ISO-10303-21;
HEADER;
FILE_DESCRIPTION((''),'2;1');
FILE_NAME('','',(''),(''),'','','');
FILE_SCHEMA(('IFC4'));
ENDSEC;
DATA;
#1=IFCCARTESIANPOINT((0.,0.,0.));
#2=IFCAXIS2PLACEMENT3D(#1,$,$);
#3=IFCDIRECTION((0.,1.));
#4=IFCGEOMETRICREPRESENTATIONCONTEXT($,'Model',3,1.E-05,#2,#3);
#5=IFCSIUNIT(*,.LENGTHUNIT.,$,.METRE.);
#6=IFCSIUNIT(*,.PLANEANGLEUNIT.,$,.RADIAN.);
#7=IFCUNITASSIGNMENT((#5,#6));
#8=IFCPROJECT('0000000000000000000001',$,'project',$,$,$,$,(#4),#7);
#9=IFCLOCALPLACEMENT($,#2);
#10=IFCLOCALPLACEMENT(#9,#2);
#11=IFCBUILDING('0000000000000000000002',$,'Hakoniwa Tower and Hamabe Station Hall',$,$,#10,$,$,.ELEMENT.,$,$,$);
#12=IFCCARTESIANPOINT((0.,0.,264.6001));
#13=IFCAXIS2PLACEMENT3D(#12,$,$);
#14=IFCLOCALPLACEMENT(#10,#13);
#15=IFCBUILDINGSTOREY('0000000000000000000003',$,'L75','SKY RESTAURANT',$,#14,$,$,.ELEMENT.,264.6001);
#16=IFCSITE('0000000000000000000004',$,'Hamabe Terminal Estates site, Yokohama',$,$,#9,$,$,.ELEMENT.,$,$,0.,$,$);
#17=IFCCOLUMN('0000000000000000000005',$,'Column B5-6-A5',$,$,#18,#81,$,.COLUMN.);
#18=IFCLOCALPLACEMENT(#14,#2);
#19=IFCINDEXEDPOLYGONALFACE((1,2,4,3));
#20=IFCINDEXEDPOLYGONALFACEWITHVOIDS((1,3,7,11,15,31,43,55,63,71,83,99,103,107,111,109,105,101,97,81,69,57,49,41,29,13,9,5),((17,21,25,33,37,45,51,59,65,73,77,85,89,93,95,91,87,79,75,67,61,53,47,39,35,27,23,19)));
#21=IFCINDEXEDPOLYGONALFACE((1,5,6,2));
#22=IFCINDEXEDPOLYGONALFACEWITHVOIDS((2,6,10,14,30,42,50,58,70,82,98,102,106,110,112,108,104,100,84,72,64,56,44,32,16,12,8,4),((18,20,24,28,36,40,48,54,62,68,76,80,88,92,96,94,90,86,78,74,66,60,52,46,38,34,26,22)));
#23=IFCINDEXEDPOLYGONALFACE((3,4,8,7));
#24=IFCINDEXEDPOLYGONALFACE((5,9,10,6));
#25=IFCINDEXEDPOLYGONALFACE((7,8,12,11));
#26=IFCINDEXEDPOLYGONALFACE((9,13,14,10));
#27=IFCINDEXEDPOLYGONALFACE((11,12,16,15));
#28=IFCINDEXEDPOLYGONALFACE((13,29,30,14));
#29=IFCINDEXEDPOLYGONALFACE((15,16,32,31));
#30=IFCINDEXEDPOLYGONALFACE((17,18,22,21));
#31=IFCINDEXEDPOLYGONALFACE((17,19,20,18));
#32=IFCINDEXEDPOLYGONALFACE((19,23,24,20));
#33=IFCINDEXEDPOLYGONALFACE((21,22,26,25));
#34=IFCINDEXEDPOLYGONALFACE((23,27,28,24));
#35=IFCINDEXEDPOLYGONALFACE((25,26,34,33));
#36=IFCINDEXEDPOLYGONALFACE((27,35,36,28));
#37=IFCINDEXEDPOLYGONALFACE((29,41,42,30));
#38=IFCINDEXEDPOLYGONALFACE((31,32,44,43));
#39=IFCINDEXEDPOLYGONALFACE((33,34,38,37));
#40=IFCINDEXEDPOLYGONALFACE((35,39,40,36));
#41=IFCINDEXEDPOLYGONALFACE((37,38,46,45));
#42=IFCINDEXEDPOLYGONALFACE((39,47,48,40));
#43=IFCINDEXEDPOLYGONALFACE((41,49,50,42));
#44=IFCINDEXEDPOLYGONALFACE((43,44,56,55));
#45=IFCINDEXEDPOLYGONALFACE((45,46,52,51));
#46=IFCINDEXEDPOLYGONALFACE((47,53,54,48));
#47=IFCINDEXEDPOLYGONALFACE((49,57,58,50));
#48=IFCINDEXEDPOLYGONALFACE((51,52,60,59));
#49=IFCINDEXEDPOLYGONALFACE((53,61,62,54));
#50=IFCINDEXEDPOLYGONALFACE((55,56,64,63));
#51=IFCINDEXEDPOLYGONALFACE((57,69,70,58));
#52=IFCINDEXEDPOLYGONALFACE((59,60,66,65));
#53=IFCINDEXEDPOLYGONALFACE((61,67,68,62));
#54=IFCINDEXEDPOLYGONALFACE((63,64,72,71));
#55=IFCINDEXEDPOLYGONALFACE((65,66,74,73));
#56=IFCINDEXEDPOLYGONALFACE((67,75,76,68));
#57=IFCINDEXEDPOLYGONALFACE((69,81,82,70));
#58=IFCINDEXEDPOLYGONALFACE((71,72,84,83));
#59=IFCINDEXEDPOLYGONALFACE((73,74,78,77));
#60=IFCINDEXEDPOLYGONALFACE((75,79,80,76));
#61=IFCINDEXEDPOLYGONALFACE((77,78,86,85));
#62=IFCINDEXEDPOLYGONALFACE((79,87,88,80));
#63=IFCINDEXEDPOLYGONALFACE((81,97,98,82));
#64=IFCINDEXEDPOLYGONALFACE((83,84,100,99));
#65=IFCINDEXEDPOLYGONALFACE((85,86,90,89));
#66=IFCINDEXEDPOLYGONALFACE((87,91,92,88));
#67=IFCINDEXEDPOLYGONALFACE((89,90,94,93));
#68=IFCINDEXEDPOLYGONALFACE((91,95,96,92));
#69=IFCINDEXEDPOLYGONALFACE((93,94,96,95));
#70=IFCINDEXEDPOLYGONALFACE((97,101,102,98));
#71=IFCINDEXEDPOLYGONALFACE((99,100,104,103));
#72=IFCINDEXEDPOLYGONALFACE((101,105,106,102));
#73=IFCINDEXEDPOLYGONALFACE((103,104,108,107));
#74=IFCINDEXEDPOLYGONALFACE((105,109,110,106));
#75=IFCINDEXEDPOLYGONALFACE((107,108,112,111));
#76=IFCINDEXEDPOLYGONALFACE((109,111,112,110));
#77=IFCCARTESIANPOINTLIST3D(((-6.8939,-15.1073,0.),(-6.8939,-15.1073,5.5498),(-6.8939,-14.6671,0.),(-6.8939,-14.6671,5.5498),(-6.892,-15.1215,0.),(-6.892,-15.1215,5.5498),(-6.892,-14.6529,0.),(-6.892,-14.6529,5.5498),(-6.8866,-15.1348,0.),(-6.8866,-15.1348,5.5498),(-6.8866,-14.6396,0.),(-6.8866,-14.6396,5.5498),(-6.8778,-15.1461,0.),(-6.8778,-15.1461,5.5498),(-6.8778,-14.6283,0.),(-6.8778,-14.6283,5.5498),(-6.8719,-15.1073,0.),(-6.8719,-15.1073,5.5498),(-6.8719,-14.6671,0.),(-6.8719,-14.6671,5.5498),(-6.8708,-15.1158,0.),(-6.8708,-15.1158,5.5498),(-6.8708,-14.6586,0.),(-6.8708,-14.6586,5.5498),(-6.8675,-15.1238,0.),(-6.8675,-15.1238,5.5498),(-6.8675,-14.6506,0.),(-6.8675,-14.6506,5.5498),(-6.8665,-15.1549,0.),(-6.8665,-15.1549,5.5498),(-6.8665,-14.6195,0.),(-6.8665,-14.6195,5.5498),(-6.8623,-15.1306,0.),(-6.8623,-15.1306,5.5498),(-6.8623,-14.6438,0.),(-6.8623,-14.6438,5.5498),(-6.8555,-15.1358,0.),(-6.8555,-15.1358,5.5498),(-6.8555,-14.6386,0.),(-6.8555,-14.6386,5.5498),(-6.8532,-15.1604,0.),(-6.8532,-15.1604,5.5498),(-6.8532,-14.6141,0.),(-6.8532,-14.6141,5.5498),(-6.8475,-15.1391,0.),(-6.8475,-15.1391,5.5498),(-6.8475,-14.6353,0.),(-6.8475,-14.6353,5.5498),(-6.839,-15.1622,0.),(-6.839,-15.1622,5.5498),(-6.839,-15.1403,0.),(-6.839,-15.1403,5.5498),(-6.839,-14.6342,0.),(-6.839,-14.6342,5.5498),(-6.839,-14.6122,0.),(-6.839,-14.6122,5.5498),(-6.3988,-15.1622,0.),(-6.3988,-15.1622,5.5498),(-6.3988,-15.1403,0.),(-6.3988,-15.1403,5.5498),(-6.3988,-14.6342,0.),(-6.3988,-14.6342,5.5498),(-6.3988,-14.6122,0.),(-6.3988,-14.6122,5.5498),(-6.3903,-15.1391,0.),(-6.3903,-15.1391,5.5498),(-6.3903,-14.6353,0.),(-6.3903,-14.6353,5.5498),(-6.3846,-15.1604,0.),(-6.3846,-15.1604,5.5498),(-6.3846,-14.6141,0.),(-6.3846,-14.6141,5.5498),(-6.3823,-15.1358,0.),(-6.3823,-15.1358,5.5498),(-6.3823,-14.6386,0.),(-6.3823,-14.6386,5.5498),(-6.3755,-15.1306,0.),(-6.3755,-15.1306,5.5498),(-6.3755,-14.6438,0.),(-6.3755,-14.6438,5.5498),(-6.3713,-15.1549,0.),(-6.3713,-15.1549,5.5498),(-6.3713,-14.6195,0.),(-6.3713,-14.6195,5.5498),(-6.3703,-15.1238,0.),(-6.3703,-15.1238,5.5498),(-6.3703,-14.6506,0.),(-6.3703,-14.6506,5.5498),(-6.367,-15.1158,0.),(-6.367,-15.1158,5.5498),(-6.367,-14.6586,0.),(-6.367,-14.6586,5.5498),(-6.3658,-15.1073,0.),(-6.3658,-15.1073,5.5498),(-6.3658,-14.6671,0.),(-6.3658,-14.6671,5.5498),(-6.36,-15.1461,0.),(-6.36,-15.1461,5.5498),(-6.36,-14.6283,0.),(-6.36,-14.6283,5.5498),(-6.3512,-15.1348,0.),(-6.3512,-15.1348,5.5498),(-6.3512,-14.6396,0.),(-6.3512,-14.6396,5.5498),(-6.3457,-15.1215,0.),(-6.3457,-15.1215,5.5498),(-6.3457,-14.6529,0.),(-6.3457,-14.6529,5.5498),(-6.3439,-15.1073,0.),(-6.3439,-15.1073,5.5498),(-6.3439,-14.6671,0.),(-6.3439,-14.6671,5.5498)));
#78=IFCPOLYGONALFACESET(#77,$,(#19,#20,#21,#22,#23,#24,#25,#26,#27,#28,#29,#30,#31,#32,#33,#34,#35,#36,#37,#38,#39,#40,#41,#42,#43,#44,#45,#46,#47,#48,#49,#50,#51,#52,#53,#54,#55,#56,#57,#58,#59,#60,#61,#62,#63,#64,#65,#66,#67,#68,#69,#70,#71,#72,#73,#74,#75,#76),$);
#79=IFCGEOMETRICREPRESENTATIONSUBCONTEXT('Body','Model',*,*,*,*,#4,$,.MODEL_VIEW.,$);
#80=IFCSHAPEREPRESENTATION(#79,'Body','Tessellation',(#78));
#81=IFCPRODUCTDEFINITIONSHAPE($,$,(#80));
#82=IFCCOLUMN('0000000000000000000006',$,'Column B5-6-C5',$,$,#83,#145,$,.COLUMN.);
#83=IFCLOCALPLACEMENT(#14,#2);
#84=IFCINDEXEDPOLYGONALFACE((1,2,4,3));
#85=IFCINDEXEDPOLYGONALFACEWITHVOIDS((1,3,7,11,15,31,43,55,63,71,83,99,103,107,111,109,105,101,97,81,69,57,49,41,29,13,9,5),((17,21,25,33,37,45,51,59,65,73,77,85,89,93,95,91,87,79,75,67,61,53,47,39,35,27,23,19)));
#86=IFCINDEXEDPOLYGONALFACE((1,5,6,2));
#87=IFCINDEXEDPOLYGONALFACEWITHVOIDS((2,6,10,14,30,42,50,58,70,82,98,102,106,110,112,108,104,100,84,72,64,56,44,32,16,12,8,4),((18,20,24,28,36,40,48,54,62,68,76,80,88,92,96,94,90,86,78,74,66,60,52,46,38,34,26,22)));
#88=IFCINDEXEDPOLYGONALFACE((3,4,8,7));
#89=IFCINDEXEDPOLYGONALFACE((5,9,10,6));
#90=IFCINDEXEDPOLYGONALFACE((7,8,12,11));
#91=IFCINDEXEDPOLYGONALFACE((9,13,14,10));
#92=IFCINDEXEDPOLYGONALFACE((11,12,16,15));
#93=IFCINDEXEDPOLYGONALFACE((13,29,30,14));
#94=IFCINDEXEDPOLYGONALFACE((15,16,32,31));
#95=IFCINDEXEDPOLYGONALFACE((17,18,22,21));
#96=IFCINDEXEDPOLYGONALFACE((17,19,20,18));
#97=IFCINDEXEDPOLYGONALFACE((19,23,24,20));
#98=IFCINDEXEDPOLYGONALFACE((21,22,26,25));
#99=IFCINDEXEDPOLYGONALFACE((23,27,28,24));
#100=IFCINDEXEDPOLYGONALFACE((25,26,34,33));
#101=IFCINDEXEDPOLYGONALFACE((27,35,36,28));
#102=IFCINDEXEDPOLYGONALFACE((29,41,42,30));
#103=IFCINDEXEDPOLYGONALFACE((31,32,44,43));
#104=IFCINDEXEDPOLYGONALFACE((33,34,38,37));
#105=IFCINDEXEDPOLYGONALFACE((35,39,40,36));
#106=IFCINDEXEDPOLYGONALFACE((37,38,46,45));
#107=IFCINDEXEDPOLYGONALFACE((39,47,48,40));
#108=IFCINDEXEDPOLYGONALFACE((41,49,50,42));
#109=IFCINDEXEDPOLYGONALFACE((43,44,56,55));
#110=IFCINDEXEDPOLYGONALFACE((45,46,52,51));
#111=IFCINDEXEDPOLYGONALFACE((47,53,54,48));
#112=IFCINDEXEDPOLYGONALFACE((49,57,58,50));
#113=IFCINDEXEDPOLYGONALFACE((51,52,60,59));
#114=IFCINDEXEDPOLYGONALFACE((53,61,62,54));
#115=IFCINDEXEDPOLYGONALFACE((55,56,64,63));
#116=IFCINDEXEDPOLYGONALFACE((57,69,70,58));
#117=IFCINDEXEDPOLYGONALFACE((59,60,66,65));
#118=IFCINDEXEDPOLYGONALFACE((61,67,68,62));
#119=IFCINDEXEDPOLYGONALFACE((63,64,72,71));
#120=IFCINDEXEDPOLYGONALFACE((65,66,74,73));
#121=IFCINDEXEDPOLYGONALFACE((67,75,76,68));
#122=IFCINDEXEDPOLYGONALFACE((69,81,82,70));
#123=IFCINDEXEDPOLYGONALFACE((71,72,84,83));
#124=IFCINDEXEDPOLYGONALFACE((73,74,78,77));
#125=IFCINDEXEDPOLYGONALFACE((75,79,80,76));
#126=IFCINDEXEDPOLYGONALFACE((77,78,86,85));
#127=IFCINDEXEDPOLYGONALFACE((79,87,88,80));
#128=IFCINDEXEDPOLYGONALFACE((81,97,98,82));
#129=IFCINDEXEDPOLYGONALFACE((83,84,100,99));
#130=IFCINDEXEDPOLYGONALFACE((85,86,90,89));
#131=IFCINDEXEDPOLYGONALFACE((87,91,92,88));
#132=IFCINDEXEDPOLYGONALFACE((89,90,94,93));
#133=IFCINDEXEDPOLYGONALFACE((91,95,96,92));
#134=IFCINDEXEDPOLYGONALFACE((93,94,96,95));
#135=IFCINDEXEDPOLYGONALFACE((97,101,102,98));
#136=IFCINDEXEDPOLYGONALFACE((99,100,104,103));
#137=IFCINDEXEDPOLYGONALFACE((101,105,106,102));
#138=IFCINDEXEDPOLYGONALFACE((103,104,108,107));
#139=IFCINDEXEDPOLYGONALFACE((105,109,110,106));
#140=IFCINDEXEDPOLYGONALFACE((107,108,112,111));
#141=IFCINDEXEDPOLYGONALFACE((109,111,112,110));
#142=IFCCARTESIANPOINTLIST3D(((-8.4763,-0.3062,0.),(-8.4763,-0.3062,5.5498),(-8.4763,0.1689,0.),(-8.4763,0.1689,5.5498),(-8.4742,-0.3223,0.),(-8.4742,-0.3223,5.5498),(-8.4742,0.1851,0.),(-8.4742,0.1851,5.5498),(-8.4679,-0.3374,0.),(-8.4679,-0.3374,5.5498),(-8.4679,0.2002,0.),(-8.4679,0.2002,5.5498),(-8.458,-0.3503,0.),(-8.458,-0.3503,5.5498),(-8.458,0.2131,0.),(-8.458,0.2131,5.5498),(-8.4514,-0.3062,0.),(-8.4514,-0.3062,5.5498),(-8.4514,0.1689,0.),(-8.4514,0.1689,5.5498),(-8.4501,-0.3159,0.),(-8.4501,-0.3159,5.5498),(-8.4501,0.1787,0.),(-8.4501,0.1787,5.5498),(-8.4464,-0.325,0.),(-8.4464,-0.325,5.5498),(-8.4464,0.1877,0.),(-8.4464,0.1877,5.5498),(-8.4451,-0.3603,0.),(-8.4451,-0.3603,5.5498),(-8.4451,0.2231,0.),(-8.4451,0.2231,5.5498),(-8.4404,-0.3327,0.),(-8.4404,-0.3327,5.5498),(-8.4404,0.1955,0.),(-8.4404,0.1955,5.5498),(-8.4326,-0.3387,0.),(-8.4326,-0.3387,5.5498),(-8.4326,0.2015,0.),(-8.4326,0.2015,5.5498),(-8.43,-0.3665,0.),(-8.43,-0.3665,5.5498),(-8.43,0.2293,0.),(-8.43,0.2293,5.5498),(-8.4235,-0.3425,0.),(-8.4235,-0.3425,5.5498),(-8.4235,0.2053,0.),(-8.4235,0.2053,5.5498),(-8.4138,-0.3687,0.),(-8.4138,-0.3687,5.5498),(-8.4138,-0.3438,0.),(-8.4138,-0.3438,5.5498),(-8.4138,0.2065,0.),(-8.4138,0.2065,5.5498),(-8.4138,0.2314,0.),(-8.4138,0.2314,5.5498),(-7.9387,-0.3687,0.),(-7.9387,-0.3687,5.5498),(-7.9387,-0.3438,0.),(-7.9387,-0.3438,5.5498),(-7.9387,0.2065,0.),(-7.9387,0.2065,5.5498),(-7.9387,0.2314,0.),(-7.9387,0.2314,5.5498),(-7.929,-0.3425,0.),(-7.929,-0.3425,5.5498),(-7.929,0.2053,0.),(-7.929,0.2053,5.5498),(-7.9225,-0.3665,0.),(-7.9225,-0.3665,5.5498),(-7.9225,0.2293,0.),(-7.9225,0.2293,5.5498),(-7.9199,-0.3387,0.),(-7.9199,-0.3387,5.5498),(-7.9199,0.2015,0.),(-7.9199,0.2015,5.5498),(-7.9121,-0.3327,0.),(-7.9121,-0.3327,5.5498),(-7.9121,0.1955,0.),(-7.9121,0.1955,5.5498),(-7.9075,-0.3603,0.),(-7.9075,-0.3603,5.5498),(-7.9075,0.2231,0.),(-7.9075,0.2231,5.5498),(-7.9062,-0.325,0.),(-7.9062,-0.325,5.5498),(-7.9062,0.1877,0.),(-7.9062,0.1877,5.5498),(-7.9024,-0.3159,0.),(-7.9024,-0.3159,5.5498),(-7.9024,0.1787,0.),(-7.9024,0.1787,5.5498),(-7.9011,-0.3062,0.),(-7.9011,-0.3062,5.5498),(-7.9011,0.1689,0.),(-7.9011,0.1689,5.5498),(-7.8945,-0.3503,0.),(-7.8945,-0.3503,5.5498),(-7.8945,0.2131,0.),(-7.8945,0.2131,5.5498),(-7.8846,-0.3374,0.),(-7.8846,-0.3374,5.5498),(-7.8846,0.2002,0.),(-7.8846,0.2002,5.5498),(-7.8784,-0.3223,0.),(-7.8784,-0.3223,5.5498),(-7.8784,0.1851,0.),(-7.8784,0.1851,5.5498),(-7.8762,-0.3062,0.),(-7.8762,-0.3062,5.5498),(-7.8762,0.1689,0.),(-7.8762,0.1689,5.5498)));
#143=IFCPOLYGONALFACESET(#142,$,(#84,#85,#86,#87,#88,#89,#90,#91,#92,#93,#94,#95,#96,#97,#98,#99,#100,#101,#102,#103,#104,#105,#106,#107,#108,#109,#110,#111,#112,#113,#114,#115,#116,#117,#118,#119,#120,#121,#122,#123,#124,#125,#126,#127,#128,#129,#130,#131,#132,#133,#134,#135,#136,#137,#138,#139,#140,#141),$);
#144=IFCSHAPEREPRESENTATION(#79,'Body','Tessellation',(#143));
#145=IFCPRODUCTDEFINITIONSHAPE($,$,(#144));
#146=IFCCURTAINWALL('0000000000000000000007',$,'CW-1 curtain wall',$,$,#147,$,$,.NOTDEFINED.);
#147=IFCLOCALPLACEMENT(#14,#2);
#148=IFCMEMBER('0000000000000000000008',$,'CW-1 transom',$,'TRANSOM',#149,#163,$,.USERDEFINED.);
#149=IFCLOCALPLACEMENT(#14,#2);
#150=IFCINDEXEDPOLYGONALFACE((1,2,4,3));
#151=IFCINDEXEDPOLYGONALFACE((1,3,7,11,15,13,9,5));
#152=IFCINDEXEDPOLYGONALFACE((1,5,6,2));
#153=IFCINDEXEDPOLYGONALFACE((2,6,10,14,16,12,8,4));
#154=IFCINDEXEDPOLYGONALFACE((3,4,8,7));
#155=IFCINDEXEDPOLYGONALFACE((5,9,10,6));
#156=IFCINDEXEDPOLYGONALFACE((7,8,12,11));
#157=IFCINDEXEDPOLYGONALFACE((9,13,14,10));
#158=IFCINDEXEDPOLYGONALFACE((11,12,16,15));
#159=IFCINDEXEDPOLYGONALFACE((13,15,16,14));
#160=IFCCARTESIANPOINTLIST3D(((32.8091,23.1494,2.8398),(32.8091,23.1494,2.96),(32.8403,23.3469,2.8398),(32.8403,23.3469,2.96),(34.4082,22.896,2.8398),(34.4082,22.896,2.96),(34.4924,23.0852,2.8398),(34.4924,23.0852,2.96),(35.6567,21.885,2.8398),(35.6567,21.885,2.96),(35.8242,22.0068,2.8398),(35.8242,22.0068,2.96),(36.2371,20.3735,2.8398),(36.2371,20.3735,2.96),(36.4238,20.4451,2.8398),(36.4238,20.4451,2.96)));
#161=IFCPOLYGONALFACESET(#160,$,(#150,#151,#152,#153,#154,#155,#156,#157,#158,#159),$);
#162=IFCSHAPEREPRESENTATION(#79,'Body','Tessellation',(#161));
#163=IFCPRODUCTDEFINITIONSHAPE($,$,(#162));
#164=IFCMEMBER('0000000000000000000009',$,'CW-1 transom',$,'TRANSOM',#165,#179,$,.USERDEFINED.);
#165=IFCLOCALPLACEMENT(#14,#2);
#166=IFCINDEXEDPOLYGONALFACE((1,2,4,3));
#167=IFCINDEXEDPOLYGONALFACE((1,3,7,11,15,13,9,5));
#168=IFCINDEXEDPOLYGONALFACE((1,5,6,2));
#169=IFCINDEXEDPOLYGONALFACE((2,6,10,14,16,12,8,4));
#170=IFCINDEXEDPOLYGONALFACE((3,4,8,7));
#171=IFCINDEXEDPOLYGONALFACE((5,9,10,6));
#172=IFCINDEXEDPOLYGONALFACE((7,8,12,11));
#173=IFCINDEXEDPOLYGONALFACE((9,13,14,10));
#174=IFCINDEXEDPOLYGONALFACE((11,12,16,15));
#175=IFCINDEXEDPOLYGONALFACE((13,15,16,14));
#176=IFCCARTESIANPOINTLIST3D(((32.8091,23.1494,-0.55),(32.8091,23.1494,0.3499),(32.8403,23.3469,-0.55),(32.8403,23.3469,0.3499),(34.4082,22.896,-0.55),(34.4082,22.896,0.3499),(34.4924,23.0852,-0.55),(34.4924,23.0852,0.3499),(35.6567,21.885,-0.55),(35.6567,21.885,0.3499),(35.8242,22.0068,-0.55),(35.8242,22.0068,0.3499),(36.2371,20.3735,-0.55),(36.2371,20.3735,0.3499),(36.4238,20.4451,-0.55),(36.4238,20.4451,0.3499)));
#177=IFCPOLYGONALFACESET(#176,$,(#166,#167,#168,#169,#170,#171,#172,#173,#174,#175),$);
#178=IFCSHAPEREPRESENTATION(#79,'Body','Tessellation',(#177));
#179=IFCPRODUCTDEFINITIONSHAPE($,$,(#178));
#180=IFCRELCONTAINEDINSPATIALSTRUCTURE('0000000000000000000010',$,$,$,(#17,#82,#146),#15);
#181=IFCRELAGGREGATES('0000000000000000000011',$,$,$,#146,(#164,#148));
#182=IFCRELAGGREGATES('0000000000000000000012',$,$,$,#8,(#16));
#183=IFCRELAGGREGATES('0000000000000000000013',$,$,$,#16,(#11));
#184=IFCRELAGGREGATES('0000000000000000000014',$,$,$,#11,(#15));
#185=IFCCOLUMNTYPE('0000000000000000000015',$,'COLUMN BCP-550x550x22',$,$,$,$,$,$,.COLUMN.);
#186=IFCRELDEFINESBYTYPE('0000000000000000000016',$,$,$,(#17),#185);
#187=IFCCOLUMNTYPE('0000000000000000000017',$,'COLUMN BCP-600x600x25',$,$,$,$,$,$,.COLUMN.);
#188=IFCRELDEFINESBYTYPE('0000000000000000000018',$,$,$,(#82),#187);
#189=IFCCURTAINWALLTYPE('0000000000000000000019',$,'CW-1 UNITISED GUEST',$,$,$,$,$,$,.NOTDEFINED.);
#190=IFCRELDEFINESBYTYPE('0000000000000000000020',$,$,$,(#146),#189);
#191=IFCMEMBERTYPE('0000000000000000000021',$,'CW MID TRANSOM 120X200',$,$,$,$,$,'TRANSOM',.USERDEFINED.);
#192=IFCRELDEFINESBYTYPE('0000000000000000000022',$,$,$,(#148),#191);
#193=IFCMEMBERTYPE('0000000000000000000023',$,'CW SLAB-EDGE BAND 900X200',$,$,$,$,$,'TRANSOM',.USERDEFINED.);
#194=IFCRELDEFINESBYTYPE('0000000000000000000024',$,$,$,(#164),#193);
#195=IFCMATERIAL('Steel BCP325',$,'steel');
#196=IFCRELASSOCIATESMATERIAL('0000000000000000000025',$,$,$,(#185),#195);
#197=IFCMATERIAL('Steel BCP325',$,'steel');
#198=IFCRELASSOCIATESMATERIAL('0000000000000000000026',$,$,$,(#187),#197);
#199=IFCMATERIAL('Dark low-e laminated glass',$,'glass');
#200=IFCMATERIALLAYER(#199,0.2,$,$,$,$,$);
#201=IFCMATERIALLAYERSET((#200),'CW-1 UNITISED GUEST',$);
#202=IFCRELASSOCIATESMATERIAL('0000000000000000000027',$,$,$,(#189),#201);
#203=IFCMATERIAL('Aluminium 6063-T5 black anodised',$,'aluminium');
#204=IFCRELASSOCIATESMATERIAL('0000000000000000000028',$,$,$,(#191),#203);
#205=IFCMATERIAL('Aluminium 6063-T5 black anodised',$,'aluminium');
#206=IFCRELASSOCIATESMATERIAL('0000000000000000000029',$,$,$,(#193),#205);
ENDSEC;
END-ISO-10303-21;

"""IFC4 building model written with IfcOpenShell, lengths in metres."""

from ifc_helpers import new_model, si_unit, direction, frame, origin, origin_2d, place, context, subcontext, project, spatial, polyline, rectangle, hollow_rectangle, outline, extrude, material, layer, layer_set, material_profile, profile_set, type_object, element, aggregate, save


model = new_model("IFC4")

# Units and contexts
model_context = context("Model", 3, precision=1e-05, world=origin(), true_north=direction((0.0, 1.0)))
body_context = subcontext(model_context, "Body", "Model", "MODEL_VIEW")
ifc_project = project(units=[si_unit("LENGTHUNIT", "METRE"), si_unit("PLANEANGLEUNIT", "RADIAN")], contexts=[model_context])

# Site, building, storey
site_placement = place(None, origin())
site = spatial("IfcSite", under=ifc_project, at=site_placement, Name="Hamabe Terminal Estates site, Yokohama", CompositionType="ELEMENT", RefElevation=0.0)
building_placement = place(site_placement, origin())
building = spatial("IfcBuilding", under=site, at=building_placement, Name="Hakoniwa Tower and Hamabe Station Hall", CompositionType="ELEMENT")
storey_placement = place(building_placement, frame((0.0, 0.0, 264.6001)))
storey = spatial("IfcBuildingStorey", under=building, at=storey_placement, Name="L75", Description="SKY RESTAURANT", CompositionType="ELEMENT", Elevation=264.6001)

# Columns
ifc_material_1 = material(Name="Steel BCP325", Category="steel")
ifc_material_profile_1 = material_profile(ifc_material_1, hollow_rectangle(XDim=0.55, YDim=0.55, WallThickness=0.022, InnerFilletRadius=0.033, OuterFilletRadius=0.0549, at=origin_2d()), Name="BCP-550x550x22")
ifc_profile_set_1 = profile_set([ifc_material_profile_1], Name="Steel BCP325")
column_type_1 = type_object("IfcColumnType", Name="COLUMN BCP-550x550x22", PredefinedType="COLUMN", material=ifc_profile_set_1)
column_1_placement = place(storey_placement, frame((-6.6189, -14.8872, 0.0), z_axis=(0.0, 0.0, 1.0), x_axis=(1.0, 0.0, 0.0)))
element("IfcColumn", 1, at=column_1_placement, inside=storey, type_object=column_type_1, Name="Column B5-6-A5", PredefinedType="COLUMN", context=body_context, shape_type="SweptSolid", body=[
    extrude(hollow_rectangle(XDim=0.55, YDim=0.55, WallThickness=0.022, InnerFilletRadius=0.033, OuterFilletRadius=0.0549, at=origin_2d()), origin(), (0.0, 0.0, 1.0), 5.5498),
])
ifc_material_2 = material(Name="Steel BCP325", Category="steel")
ifc_material_profile_2 = material_profile(ifc_material_2, hollow_rectangle(XDim=0.6001, YDim=0.6001, WallThickness=0.0249, InnerFilletRadius=0.0376, OuterFilletRadius=0.0625, at=origin_2d()), Name="BCP-600x600x25")
ifc_profile_set_2 = profile_set([ifc_material_profile_2], Name="Steel BCP325")
column_type_2 = type_object("IfcColumnType", Name="COLUMN BCP-600x600x25", PredefinedType="COLUMN", material=ifc_profile_set_2)
column_2_placement = place(storey_placement, frame((-8.1763, -0.0686, 0.0), z_axis=(0.0, 0.0, 1.0), x_axis=(1.0, 0.0, 0.0)))
element("IfcColumn", 2, at=column_2_placement, inside=storey, type_object=column_type_2, Name="Column B5-6-C5", PredefinedType="COLUMN", context=body_context, shape_type="SweptSolid", body=[
    extrude(hollow_rectangle(XDim=0.6001, YDim=0.6001, WallThickness=0.0249, InnerFilletRadius=0.0376, OuterFilletRadius=0.0625, at=origin_2d()), origin(), (0.0, 0.0, 1.0), 5.5498),
])

# Curtain wall, members
ifc_material_3 = material(Name="Dark low-e laminated glass", Category="glass")
ifc_layer_1 = layer(ifc_material_3, 0.2)
ifc_layer_set_1 = layer_set([ifc_layer_1], Name="CW-1 UNITISED GUEST")
curtain_wall_type = type_object("IfcCurtainWallType", Name="CW-1 UNITISED GUEST", PredefinedType="NOTDEFINED", material=ifc_layer_set_1)
curtain_wall_1_placement = place(storey_placement, origin())
curtain_wall_1 = element("IfcCurtainWall", 3, at=curtain_wall_1_placement, inside=storey, type_object=curtain_wall_type, Name="CW-1 curtain wall", PredefinedType="NOTDEFINED")
ifc_material_4 = material(Name="Aluminium 6063-T5 black anodised", Category="aluminium")
ifc_material_profile_3 = material_profile(ifc_material_4, rectangle(XDim=0.2, YDim=0.1201, at=origin_2d()), Name="CW MID TRANSOM 120X200")
ifc_profile_set_3 = profile_set([ifc_material_profile_3], Name="Aluminium 6063-T5 black anodised")
member_type_1 = type_object("IfcMemberType", Name="CW MID TRANSOM 120X200", ElementType="TRANSOM", PredefinedType="USERDEFINED", material=ifc_profile_set_3)
member_1_placement = place(storey_placement, frame((0.0, 0.0, 2.8398)))
member_1 = element("IfcMember", 4, at=member_1_placement, type_object=member_type_1, Name="CW-1 transom", ObjectType="TRANSOM", PredefinedType="USERDEFINED", context=body_context, shape_type="SweptSolid", body=[
    extrude(outline(polyline([(36.4238, 20.4451), (35.8242, 22.0068), (34.4924, 23.0852), (32.8403, 23.3469), (32.8091, 23.1494), (34.4082, 22.896), (35.6567, 21.885), (36.2371, 20.3735), (36.4238, 20.4451)])), origin(), (0.0, 0.0, 1.0), 0.1201),
])
ifc_material_5 = material(Name="Aluminium 6063-T5 black anodised", Category="aluminium")
ifc_material_profile_4 = material_profile(ifc_material_5, rectangle(XDim=0.2, YDim=0.8999, at=origin_2d()), Name="CW SLAB-EDGE BAND 900X200")
ifc_profile_set_4 = profile_set([ifc_material_profile_4], Name="Aluminium 6063-T5 black anodised")
member_type_2 = type_object("IfcMemberType", Name="CW SLAB-EDGE BAND 900X200", ElementType="TRANSOM", PredefinedType="USERDEFINED", material=ifc_profile_set_4)
member_2_placement = place(storey_placement, frame((0.0, 0.0, -0.55)))
member_2 = element("IfcMember", 5, at=member_2_placement, type_object=member_type_2, Name="CW-1 transom", ObjectType="TRANSOM", PredefinedType="USERDEFINED", context=body_context, shape_type="SweptSolid", body=[
    extrude(outline(polyline([(36.4238, 20.4451), (35.8242, 22.0068), (34.4924, 23.0852), (32.8403, 23.3469), (32.8091, 23.1494), (34.4082, 22.896), (35.6567, 21.885), (36.2371, 20.3735), (36.4238, 20.4451)])), origin(), (0.0, 0.0, 1.0), 0.8999),
])
aggregate(curtain_wall_1, [member_2, member_1])

save(model, "model.ifc")
